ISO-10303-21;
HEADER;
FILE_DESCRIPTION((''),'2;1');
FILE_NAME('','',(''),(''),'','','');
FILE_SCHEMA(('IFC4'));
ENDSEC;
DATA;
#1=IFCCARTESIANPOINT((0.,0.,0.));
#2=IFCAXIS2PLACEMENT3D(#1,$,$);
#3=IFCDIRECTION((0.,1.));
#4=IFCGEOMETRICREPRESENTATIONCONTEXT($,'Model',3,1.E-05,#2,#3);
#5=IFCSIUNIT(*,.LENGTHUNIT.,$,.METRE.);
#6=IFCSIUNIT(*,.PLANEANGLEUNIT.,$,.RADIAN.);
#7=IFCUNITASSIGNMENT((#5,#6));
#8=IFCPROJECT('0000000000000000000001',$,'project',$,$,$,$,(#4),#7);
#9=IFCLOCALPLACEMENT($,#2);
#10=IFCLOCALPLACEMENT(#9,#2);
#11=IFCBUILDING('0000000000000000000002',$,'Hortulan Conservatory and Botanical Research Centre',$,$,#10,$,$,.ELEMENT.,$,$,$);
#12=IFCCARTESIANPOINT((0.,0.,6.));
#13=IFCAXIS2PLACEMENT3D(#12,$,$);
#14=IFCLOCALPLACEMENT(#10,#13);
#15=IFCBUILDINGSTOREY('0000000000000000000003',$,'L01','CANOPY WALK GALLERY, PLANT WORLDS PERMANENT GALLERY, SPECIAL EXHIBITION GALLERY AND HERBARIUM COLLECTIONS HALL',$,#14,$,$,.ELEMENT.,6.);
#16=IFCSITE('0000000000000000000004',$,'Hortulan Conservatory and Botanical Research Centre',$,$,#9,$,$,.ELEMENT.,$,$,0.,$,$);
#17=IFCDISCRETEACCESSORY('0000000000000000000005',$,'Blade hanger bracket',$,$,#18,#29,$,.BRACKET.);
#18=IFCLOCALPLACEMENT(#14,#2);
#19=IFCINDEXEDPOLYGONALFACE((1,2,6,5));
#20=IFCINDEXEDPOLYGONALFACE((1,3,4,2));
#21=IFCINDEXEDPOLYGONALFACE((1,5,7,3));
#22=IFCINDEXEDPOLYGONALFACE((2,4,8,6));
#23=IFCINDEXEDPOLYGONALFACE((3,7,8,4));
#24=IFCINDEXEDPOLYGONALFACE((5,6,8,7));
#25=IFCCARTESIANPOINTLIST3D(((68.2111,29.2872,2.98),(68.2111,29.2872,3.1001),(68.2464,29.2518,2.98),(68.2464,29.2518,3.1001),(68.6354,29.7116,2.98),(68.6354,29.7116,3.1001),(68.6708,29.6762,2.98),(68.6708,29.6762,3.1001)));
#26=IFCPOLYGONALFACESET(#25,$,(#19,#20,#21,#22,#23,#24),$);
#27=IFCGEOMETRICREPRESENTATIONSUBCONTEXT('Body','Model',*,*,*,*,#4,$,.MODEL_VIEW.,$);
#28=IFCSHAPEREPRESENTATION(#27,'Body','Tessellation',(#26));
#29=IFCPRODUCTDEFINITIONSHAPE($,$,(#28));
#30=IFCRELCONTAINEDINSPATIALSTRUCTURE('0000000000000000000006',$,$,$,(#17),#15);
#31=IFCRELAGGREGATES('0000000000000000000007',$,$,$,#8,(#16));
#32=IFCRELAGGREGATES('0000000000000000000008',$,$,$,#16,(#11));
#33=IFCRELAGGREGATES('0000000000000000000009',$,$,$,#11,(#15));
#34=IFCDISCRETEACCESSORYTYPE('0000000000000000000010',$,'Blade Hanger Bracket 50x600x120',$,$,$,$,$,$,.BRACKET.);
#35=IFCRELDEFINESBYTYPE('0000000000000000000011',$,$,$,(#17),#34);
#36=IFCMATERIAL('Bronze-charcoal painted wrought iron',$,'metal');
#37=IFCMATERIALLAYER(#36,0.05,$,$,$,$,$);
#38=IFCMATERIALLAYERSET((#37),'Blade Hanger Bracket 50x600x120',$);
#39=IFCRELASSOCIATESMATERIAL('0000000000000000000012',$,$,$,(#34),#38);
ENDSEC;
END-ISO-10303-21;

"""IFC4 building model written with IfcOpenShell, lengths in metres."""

from ifc_helpers import new_model, si_unit, direction, frame, origin, origin_2d, place, context, subcontext, project, spatial, rectangle, extrude, material, layer, layer_set, type_object, element, save


model = new_model("IFC4")

# Units and contexts
model_context = context("Model", 3, precision=1e-05, world=origin(), true_north=direction((0.0, 1.0)))
body_context = subcontext(model_context, "Body", "Model", "MODEL_VIEW")
ifc_project = project(units=[si_unit("LENGTHUNIT", "METRE"), si_unit("PLANEANGLEUNIT", "RADIAN")], contexts=[model_context])

# Site, building, storey
site_placement = place(None, origin())
site = spatial("IfcSite", under=ifc_project, at=site_placement, Name="Hortulan Conservatory and Botanical Research Centre", CompositionType="ELEMENT", RefElevation=0.0)
building_placement = place(site_placement, origin())
building = spatial("IfcBuilding", under=site, at=building_placement, Name="Hortulan Conservatory and Botanical Research Centre", CompositionType="ELEMENT")
storey_placement = place(building_placement, frame((0.0, 0.0, 6.0)))
storey = spatial("IfcBuildingStorey", under=building, at=storey_placement, Name="L01", Description="CANOPY WALK GALLERY, PLANT WORLDS PERMANENT GALLERY, SPECIAL EXHIBITION GALLERY AND HERBARIUM COLLECTIONS HALL", CompositionType="ELEMENT", Elevation=6.0)

# Discrete accessory
ifc_material_1 = material(Name="Bronze-charcoal painted wrought iron", Category="metal")
ifc_layer_1 = layer(ifc_material_1, 0.05)
ifc_layer_set_1 = layer_set([ifc_layer_1], Name="Blade Hanger Bracket 50x600x120")
discrete_accessory_type = type_object("IfcDiscreteAccessoryType", Name="Blade Hanger Bracket 50x600x120", PredefinedType="BRACKET", material=ifc_layer_set_1)
for number, where, z_axis, x_axis, name in (
    (1, (68.4409, 29.4817, 2.98), (0.0, 0.0, 1.0), (0.707107, -0.707107, 0.0), "Blade hanger bracket"),
):
    element("IfcDiscreteAccessory", number, at=place(storey_placement, frame(where, z_axis=z_axis, x_axis=x_axis)), inside=storey, type_object=discrete_accessory_type, Name=name, PredefinedType="BRACKET", context=body_context, shape_type="SweptSolid", body=[
        extrude(rectangle(XDim=0.05, YDim=0.6001, at=origin_2d()), origin(), (0.0, 0.0, 1.0), 0.1201),
    ])

save(model, "model.ifc")
